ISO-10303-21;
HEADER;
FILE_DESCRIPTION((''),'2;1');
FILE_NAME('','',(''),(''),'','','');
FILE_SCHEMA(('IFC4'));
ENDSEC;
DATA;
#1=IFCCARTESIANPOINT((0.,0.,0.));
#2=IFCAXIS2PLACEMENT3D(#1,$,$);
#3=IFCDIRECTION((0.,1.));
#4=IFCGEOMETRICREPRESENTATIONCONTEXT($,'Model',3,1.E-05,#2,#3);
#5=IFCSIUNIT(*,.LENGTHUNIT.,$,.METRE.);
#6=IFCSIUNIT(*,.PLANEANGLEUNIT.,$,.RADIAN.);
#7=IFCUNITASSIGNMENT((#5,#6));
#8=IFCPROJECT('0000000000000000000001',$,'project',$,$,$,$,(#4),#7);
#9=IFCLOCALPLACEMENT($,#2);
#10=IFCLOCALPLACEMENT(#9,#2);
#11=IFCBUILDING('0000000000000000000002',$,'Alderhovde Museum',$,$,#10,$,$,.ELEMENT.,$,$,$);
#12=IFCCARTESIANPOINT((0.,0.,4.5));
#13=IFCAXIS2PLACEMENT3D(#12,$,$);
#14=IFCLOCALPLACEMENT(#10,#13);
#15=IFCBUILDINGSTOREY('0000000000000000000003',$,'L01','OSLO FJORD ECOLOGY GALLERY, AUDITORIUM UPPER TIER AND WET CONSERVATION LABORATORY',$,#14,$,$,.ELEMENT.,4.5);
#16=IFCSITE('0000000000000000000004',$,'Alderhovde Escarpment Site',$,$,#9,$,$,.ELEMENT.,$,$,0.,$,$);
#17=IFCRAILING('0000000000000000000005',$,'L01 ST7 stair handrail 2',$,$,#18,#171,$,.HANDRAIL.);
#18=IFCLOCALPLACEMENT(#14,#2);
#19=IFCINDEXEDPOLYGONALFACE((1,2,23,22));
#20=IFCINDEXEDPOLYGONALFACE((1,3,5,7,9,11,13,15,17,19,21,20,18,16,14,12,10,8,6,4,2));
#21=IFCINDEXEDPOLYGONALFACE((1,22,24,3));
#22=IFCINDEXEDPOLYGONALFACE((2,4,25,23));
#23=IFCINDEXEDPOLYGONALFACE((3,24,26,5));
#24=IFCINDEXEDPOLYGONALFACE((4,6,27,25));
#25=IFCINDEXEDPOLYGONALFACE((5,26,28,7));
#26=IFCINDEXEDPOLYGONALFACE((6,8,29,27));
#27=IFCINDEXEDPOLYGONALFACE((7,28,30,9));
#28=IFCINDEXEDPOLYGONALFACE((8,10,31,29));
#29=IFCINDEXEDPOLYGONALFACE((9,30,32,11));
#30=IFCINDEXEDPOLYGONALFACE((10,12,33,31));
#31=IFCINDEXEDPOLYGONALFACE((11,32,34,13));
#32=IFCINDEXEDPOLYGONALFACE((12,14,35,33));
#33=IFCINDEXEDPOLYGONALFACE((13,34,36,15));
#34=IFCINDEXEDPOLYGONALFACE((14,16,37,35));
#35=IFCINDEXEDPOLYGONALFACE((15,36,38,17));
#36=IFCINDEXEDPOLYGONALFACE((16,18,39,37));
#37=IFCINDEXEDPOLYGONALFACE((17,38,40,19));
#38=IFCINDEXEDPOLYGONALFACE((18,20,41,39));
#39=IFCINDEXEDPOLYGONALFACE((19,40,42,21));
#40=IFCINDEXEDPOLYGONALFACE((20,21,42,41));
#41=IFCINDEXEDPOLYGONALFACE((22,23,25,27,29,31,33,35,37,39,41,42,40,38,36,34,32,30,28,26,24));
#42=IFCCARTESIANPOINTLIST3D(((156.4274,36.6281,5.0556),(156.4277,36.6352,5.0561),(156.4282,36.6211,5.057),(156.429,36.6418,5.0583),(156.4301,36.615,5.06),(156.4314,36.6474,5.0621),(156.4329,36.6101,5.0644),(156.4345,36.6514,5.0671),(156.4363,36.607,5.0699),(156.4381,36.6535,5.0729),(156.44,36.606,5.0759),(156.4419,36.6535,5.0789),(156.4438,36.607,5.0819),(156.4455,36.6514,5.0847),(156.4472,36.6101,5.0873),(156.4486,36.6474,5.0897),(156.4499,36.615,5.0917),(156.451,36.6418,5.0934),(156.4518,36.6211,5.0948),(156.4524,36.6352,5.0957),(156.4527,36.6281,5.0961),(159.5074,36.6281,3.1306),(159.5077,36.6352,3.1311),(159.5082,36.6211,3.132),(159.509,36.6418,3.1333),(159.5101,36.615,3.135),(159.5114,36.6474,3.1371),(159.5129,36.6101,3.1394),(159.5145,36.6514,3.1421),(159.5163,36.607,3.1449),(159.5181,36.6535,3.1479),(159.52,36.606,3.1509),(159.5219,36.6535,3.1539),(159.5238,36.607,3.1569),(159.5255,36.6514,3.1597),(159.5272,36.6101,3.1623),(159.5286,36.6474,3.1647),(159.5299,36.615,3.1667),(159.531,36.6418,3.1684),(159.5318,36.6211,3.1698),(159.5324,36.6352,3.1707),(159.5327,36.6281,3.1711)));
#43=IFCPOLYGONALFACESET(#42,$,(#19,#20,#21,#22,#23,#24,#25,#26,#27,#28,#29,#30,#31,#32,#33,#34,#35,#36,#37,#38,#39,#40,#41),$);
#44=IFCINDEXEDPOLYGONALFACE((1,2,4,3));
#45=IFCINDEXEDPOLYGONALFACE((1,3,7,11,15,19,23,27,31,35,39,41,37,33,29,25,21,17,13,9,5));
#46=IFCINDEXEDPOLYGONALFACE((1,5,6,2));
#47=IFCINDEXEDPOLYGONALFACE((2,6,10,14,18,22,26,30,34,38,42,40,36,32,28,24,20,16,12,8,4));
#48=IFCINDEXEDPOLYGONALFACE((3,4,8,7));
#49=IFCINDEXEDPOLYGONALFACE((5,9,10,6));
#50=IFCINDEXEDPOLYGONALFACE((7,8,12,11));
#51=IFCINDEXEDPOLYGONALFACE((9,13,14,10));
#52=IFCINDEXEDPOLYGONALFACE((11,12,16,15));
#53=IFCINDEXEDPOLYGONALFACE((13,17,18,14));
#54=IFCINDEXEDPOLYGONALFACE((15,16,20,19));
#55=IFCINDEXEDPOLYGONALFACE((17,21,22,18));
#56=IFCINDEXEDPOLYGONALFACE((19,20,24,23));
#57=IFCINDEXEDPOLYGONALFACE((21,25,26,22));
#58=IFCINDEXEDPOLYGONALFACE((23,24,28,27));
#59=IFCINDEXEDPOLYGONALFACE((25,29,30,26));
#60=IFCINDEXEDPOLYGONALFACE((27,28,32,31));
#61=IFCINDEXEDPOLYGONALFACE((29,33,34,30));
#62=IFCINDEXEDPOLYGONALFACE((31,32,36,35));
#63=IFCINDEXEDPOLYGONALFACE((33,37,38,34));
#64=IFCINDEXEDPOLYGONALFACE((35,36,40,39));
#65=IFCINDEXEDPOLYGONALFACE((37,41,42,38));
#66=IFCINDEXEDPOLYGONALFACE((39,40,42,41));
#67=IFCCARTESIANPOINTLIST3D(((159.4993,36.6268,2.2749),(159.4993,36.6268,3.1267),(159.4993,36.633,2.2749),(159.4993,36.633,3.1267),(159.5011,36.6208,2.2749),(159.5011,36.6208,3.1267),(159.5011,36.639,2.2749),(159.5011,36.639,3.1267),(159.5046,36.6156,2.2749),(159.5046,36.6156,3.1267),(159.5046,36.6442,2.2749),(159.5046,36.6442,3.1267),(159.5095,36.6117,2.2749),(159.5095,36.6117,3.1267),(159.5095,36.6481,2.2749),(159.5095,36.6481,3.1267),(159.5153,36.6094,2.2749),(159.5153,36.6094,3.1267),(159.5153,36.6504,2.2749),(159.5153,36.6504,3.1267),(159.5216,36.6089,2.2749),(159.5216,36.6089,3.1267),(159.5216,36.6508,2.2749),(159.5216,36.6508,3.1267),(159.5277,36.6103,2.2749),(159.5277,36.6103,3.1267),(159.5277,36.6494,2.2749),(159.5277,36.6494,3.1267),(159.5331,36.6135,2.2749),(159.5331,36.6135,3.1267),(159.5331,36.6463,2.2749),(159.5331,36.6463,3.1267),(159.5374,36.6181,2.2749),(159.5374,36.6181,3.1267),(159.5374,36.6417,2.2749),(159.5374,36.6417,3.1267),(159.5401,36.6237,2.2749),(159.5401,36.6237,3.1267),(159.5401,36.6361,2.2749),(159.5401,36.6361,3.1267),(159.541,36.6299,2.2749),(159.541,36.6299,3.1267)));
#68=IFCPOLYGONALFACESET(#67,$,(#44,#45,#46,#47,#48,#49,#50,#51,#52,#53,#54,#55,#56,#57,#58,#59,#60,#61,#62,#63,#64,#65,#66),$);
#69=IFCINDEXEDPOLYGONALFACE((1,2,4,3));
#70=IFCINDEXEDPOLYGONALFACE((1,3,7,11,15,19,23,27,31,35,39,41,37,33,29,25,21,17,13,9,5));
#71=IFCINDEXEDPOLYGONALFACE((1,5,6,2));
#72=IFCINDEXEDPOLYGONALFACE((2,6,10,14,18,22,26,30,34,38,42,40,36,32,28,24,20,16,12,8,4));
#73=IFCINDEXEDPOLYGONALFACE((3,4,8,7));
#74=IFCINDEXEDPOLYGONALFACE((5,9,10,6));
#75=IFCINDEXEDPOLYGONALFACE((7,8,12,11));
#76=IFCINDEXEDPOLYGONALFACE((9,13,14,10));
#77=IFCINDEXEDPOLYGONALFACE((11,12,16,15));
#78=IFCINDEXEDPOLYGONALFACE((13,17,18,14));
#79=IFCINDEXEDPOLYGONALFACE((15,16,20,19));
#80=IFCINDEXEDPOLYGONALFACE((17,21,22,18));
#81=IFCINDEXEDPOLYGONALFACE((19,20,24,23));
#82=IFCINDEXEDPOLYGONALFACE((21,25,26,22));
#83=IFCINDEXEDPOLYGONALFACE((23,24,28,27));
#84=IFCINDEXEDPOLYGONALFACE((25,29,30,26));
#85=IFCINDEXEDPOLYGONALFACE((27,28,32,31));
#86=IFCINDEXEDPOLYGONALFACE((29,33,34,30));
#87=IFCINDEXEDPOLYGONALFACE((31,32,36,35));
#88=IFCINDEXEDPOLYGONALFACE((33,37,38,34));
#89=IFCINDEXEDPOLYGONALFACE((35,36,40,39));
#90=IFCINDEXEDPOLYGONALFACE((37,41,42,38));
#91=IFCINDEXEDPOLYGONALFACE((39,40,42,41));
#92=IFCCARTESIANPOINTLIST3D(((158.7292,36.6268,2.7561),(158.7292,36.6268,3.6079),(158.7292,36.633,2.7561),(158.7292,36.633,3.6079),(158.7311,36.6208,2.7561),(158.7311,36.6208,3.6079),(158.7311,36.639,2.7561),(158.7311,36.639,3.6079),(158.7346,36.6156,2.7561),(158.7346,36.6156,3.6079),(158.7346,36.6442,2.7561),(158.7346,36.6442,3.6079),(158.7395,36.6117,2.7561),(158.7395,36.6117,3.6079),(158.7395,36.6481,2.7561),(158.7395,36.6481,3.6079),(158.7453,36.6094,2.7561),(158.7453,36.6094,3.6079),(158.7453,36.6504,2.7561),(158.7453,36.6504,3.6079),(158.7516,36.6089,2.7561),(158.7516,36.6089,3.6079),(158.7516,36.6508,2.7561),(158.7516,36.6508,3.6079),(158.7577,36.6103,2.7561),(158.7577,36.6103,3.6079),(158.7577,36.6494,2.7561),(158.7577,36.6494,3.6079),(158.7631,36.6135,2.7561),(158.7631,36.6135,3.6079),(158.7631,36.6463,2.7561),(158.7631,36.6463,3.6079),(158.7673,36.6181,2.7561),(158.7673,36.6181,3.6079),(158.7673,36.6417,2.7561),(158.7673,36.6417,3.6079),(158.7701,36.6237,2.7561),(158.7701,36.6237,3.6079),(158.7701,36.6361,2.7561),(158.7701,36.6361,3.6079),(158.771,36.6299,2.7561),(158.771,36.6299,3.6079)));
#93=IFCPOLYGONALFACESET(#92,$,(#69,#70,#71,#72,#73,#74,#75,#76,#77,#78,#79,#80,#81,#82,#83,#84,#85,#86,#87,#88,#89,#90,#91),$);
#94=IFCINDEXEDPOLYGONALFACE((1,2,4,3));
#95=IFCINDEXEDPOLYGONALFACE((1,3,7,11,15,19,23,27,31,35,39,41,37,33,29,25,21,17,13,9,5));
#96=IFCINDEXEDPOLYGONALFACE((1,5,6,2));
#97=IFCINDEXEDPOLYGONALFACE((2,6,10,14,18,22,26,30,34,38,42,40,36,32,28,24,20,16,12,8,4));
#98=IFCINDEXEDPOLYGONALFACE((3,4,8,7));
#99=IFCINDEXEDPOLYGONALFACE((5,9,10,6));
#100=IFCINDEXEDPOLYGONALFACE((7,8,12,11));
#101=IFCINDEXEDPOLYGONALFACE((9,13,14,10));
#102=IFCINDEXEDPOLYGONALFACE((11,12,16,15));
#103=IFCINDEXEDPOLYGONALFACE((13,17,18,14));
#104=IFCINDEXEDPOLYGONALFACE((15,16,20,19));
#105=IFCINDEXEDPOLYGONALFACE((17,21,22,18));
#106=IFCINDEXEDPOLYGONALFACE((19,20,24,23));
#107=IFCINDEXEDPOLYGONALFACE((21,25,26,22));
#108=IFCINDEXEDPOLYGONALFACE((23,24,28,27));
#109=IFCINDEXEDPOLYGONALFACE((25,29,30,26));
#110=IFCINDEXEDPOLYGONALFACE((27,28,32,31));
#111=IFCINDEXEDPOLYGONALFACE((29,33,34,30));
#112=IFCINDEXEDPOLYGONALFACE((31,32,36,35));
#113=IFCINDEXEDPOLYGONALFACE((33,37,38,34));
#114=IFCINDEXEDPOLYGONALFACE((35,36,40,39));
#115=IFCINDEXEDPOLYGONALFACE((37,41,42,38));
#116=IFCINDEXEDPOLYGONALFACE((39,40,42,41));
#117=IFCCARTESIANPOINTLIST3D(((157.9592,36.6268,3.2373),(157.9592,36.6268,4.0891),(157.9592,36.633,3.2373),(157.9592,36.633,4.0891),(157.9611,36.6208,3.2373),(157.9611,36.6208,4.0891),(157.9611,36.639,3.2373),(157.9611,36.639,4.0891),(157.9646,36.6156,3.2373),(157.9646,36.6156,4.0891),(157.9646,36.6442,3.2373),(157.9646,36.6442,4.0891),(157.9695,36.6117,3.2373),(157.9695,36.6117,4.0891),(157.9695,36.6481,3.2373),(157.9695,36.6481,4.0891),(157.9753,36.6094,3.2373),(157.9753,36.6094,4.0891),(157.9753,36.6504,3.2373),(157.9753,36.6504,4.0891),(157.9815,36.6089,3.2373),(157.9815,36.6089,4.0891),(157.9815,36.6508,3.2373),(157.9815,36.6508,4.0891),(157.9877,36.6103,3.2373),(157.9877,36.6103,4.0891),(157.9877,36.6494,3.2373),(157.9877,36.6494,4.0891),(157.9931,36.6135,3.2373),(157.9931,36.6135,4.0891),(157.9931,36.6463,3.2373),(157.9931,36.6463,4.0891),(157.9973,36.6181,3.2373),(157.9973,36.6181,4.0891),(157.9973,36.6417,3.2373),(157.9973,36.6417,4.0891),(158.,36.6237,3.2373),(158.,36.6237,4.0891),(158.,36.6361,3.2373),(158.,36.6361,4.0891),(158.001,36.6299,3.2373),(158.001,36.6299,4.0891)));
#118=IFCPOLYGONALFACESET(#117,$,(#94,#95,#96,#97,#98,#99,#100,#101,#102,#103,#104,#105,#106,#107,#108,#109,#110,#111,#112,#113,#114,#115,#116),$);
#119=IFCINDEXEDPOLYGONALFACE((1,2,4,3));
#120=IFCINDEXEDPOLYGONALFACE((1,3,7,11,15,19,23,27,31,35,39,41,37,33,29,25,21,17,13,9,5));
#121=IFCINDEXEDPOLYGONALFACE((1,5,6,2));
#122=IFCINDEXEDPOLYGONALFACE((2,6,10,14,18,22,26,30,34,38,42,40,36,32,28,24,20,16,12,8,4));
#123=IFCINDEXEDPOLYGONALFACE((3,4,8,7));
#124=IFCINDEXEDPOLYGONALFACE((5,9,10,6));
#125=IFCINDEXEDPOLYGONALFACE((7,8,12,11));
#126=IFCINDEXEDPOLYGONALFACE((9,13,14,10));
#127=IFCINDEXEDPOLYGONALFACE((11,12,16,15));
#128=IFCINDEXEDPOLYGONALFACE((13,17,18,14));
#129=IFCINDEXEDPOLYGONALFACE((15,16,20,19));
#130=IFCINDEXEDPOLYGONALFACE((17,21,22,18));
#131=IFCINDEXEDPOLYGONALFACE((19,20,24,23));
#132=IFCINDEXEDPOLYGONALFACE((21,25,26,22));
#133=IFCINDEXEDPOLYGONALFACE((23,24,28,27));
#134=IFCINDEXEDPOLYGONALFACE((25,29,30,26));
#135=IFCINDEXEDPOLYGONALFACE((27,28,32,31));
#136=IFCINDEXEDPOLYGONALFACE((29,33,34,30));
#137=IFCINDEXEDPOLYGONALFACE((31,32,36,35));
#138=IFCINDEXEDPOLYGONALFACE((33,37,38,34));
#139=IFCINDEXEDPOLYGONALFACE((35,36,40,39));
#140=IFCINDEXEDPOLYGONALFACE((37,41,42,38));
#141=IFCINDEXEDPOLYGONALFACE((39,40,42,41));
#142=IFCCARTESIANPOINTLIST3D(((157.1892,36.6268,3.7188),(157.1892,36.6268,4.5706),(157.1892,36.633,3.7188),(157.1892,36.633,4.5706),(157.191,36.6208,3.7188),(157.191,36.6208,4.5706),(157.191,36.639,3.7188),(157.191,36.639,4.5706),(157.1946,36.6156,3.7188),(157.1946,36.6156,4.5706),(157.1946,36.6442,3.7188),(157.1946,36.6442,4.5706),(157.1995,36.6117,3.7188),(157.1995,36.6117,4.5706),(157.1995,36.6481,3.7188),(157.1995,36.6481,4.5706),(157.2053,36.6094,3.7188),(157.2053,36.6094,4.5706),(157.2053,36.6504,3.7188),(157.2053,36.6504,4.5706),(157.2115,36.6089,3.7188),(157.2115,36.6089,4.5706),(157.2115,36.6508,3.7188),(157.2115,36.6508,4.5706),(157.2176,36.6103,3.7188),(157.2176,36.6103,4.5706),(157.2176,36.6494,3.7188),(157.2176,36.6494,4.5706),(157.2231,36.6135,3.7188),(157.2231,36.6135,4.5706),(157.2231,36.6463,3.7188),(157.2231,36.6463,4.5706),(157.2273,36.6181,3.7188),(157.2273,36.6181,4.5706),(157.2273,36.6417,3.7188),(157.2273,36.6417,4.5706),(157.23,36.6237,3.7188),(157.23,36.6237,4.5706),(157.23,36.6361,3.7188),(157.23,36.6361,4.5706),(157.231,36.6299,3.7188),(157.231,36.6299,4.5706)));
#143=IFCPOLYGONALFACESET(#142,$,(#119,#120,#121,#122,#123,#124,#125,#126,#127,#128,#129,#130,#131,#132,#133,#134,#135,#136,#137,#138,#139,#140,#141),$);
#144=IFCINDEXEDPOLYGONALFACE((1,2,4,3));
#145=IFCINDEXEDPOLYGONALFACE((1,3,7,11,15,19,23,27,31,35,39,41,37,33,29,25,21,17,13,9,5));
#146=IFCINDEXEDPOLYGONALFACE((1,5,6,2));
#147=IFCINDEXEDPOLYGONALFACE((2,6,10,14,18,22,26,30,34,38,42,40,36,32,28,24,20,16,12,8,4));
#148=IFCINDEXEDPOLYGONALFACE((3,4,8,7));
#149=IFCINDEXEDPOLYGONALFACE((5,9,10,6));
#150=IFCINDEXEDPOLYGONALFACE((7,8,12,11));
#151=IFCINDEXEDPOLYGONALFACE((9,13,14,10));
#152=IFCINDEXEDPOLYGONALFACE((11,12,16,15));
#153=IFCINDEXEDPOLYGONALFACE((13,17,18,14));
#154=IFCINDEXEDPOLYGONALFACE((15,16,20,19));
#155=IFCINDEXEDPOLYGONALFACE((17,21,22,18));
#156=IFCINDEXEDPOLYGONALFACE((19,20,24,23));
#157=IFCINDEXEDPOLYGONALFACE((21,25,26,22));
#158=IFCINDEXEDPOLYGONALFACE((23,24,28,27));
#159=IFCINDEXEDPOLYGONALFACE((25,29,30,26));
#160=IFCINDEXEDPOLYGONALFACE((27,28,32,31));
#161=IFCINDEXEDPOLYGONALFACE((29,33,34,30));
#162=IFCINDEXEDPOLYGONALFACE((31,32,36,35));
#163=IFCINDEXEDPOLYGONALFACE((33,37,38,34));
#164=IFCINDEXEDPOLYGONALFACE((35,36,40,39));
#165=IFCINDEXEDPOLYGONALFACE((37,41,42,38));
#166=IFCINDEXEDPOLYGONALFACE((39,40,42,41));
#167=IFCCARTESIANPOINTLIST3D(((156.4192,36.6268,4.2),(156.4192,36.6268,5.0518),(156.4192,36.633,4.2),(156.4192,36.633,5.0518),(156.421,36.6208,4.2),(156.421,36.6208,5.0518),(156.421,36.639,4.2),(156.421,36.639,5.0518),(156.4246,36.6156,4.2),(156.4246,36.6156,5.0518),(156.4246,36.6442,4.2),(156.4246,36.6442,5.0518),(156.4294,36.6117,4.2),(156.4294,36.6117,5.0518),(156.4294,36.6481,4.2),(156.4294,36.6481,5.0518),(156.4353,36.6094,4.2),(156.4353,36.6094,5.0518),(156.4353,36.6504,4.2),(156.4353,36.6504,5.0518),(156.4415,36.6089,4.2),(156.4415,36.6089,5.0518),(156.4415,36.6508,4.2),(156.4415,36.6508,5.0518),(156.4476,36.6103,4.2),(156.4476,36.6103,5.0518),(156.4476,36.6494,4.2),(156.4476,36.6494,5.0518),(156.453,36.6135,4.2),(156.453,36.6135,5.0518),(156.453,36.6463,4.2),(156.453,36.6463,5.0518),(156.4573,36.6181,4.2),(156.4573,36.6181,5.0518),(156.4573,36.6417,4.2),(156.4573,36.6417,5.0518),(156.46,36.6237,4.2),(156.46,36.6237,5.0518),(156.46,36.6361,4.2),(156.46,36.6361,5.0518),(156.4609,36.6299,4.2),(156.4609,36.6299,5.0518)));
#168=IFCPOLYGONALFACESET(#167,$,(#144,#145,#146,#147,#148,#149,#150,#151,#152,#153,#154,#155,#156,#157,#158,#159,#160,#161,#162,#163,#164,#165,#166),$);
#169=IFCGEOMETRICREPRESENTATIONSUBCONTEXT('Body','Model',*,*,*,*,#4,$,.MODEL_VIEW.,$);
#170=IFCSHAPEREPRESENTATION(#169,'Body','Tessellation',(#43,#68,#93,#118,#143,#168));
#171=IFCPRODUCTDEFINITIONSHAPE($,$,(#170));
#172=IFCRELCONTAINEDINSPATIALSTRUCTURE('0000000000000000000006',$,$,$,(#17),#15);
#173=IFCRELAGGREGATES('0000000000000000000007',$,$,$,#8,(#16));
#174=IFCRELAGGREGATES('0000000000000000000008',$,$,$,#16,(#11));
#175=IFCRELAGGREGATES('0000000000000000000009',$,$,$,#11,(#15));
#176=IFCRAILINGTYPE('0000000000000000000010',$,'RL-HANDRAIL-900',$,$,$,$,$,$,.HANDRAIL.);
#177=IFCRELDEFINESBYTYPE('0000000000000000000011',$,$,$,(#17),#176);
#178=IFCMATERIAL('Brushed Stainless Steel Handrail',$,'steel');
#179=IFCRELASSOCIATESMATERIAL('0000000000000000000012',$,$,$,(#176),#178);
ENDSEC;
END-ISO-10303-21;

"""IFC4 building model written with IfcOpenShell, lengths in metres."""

from ifc_helpers import new_model, si_unit, direction, frame, origin, origin_2d, place, context, subcontext, project, spatial, circle, extrude, material, type_object, element, save


model = new_model("IFC4")

# Units and contexts
model_context = context("Model", 3, precision=1e-05, world=origin(), true_north=direction((0.0, 1.0)))
body_context = subcontext(model_context, "Body", "Model", "MODEL_VIEW")
ifc_project = project(units=[si_unit("LENGTHUNIT", "METRE"), si_unit("PLANEANGLEUNIT", "RADIAN")], contexts=[model_context])

# Site, building, storey
site_placement = place(None, origin())
site = spatial("IfcSite", under=ifc_project, at=site_placement, Name="Alderhovde Escarpment Site", CompositionType="ELEMENT", RefElevation=0.0)
building_placement = place(site_placement, origin())
building = spatial("IfcBuilding", under=site, at=building_placement, Name="Alderhovde Museum", CompositionType="ELEMENT")
storey_placement = place(building_placement, frame((0.0, 0.0, 4.5)))
storey = spatial("IfcBuildingStorey", under=building, at=storey_placement, Name="L01", Description="OSLO FJORD ECOLOGY GALLERY, AUDITORIUM UPPER TIER AND WET CONSERVATION LABORATORY", CompositionType="ELEMENT", Elevation=4.5)

# Railing
ifc_material_1 = material(Name="Brushed Stainless Steel Handrail", Category="steel")
railing_type_1 = type_object("IfcRailingType", Name="RL-HANDRAIL-900", PredefinedType="HANDRAIL", material=ifc_material_1)
railing_1_placement = place(storey_placement, frame((159.52, 36.6299, 2.2749)))
element("IfcRailing", 1, at=railing_1_placement, inside=storey, type_object=railing_type_1, Name="L01 ST7 stair handrail 2", PredefinedType="HANDRAIL", context=body_context, shape_type="SweptSolid", body=[
    extrude(circle(Radius=0.0239, at=origin_2d()), frame((0.0, 0.0, 0.876), z_axis=(-0.847998, 0.0, 0.529999), x_axis=(0.0, -1.0, 0.0)), (0.0, 0.0, 1.0), 3.6321),
    extrude(circle(Radius=0.021, at=origin_2d()), origin(), (0.0, 0.0, 1.0), 0.8518),
    extrude(circle(Radius=0.021, at=origin_2d()), frame((-0.77, 0.0, 0.4812)), (0.0, 0.0, 1.0), 0.8518),
    extrude(circle(Radius=0.021, at=origin_2d()), frame((-1.54, 0.0, 0.9624)), (0.0, 0.0, 1.0), 0.8518),
    extrude(circle(Radius=0.021, at=origin_2d()), frame((-2.3101, 0.0, 1.4438)), (0.0, 0.0, 1.0), 0.8518),
    extrude(circle(Radius=0.021, at=origin_2d()), frame((-3.0801, 0.0, 1.925)), (0.0, 0.0, 1.0), 0.8518),
])

save(model, "model.ifc")
